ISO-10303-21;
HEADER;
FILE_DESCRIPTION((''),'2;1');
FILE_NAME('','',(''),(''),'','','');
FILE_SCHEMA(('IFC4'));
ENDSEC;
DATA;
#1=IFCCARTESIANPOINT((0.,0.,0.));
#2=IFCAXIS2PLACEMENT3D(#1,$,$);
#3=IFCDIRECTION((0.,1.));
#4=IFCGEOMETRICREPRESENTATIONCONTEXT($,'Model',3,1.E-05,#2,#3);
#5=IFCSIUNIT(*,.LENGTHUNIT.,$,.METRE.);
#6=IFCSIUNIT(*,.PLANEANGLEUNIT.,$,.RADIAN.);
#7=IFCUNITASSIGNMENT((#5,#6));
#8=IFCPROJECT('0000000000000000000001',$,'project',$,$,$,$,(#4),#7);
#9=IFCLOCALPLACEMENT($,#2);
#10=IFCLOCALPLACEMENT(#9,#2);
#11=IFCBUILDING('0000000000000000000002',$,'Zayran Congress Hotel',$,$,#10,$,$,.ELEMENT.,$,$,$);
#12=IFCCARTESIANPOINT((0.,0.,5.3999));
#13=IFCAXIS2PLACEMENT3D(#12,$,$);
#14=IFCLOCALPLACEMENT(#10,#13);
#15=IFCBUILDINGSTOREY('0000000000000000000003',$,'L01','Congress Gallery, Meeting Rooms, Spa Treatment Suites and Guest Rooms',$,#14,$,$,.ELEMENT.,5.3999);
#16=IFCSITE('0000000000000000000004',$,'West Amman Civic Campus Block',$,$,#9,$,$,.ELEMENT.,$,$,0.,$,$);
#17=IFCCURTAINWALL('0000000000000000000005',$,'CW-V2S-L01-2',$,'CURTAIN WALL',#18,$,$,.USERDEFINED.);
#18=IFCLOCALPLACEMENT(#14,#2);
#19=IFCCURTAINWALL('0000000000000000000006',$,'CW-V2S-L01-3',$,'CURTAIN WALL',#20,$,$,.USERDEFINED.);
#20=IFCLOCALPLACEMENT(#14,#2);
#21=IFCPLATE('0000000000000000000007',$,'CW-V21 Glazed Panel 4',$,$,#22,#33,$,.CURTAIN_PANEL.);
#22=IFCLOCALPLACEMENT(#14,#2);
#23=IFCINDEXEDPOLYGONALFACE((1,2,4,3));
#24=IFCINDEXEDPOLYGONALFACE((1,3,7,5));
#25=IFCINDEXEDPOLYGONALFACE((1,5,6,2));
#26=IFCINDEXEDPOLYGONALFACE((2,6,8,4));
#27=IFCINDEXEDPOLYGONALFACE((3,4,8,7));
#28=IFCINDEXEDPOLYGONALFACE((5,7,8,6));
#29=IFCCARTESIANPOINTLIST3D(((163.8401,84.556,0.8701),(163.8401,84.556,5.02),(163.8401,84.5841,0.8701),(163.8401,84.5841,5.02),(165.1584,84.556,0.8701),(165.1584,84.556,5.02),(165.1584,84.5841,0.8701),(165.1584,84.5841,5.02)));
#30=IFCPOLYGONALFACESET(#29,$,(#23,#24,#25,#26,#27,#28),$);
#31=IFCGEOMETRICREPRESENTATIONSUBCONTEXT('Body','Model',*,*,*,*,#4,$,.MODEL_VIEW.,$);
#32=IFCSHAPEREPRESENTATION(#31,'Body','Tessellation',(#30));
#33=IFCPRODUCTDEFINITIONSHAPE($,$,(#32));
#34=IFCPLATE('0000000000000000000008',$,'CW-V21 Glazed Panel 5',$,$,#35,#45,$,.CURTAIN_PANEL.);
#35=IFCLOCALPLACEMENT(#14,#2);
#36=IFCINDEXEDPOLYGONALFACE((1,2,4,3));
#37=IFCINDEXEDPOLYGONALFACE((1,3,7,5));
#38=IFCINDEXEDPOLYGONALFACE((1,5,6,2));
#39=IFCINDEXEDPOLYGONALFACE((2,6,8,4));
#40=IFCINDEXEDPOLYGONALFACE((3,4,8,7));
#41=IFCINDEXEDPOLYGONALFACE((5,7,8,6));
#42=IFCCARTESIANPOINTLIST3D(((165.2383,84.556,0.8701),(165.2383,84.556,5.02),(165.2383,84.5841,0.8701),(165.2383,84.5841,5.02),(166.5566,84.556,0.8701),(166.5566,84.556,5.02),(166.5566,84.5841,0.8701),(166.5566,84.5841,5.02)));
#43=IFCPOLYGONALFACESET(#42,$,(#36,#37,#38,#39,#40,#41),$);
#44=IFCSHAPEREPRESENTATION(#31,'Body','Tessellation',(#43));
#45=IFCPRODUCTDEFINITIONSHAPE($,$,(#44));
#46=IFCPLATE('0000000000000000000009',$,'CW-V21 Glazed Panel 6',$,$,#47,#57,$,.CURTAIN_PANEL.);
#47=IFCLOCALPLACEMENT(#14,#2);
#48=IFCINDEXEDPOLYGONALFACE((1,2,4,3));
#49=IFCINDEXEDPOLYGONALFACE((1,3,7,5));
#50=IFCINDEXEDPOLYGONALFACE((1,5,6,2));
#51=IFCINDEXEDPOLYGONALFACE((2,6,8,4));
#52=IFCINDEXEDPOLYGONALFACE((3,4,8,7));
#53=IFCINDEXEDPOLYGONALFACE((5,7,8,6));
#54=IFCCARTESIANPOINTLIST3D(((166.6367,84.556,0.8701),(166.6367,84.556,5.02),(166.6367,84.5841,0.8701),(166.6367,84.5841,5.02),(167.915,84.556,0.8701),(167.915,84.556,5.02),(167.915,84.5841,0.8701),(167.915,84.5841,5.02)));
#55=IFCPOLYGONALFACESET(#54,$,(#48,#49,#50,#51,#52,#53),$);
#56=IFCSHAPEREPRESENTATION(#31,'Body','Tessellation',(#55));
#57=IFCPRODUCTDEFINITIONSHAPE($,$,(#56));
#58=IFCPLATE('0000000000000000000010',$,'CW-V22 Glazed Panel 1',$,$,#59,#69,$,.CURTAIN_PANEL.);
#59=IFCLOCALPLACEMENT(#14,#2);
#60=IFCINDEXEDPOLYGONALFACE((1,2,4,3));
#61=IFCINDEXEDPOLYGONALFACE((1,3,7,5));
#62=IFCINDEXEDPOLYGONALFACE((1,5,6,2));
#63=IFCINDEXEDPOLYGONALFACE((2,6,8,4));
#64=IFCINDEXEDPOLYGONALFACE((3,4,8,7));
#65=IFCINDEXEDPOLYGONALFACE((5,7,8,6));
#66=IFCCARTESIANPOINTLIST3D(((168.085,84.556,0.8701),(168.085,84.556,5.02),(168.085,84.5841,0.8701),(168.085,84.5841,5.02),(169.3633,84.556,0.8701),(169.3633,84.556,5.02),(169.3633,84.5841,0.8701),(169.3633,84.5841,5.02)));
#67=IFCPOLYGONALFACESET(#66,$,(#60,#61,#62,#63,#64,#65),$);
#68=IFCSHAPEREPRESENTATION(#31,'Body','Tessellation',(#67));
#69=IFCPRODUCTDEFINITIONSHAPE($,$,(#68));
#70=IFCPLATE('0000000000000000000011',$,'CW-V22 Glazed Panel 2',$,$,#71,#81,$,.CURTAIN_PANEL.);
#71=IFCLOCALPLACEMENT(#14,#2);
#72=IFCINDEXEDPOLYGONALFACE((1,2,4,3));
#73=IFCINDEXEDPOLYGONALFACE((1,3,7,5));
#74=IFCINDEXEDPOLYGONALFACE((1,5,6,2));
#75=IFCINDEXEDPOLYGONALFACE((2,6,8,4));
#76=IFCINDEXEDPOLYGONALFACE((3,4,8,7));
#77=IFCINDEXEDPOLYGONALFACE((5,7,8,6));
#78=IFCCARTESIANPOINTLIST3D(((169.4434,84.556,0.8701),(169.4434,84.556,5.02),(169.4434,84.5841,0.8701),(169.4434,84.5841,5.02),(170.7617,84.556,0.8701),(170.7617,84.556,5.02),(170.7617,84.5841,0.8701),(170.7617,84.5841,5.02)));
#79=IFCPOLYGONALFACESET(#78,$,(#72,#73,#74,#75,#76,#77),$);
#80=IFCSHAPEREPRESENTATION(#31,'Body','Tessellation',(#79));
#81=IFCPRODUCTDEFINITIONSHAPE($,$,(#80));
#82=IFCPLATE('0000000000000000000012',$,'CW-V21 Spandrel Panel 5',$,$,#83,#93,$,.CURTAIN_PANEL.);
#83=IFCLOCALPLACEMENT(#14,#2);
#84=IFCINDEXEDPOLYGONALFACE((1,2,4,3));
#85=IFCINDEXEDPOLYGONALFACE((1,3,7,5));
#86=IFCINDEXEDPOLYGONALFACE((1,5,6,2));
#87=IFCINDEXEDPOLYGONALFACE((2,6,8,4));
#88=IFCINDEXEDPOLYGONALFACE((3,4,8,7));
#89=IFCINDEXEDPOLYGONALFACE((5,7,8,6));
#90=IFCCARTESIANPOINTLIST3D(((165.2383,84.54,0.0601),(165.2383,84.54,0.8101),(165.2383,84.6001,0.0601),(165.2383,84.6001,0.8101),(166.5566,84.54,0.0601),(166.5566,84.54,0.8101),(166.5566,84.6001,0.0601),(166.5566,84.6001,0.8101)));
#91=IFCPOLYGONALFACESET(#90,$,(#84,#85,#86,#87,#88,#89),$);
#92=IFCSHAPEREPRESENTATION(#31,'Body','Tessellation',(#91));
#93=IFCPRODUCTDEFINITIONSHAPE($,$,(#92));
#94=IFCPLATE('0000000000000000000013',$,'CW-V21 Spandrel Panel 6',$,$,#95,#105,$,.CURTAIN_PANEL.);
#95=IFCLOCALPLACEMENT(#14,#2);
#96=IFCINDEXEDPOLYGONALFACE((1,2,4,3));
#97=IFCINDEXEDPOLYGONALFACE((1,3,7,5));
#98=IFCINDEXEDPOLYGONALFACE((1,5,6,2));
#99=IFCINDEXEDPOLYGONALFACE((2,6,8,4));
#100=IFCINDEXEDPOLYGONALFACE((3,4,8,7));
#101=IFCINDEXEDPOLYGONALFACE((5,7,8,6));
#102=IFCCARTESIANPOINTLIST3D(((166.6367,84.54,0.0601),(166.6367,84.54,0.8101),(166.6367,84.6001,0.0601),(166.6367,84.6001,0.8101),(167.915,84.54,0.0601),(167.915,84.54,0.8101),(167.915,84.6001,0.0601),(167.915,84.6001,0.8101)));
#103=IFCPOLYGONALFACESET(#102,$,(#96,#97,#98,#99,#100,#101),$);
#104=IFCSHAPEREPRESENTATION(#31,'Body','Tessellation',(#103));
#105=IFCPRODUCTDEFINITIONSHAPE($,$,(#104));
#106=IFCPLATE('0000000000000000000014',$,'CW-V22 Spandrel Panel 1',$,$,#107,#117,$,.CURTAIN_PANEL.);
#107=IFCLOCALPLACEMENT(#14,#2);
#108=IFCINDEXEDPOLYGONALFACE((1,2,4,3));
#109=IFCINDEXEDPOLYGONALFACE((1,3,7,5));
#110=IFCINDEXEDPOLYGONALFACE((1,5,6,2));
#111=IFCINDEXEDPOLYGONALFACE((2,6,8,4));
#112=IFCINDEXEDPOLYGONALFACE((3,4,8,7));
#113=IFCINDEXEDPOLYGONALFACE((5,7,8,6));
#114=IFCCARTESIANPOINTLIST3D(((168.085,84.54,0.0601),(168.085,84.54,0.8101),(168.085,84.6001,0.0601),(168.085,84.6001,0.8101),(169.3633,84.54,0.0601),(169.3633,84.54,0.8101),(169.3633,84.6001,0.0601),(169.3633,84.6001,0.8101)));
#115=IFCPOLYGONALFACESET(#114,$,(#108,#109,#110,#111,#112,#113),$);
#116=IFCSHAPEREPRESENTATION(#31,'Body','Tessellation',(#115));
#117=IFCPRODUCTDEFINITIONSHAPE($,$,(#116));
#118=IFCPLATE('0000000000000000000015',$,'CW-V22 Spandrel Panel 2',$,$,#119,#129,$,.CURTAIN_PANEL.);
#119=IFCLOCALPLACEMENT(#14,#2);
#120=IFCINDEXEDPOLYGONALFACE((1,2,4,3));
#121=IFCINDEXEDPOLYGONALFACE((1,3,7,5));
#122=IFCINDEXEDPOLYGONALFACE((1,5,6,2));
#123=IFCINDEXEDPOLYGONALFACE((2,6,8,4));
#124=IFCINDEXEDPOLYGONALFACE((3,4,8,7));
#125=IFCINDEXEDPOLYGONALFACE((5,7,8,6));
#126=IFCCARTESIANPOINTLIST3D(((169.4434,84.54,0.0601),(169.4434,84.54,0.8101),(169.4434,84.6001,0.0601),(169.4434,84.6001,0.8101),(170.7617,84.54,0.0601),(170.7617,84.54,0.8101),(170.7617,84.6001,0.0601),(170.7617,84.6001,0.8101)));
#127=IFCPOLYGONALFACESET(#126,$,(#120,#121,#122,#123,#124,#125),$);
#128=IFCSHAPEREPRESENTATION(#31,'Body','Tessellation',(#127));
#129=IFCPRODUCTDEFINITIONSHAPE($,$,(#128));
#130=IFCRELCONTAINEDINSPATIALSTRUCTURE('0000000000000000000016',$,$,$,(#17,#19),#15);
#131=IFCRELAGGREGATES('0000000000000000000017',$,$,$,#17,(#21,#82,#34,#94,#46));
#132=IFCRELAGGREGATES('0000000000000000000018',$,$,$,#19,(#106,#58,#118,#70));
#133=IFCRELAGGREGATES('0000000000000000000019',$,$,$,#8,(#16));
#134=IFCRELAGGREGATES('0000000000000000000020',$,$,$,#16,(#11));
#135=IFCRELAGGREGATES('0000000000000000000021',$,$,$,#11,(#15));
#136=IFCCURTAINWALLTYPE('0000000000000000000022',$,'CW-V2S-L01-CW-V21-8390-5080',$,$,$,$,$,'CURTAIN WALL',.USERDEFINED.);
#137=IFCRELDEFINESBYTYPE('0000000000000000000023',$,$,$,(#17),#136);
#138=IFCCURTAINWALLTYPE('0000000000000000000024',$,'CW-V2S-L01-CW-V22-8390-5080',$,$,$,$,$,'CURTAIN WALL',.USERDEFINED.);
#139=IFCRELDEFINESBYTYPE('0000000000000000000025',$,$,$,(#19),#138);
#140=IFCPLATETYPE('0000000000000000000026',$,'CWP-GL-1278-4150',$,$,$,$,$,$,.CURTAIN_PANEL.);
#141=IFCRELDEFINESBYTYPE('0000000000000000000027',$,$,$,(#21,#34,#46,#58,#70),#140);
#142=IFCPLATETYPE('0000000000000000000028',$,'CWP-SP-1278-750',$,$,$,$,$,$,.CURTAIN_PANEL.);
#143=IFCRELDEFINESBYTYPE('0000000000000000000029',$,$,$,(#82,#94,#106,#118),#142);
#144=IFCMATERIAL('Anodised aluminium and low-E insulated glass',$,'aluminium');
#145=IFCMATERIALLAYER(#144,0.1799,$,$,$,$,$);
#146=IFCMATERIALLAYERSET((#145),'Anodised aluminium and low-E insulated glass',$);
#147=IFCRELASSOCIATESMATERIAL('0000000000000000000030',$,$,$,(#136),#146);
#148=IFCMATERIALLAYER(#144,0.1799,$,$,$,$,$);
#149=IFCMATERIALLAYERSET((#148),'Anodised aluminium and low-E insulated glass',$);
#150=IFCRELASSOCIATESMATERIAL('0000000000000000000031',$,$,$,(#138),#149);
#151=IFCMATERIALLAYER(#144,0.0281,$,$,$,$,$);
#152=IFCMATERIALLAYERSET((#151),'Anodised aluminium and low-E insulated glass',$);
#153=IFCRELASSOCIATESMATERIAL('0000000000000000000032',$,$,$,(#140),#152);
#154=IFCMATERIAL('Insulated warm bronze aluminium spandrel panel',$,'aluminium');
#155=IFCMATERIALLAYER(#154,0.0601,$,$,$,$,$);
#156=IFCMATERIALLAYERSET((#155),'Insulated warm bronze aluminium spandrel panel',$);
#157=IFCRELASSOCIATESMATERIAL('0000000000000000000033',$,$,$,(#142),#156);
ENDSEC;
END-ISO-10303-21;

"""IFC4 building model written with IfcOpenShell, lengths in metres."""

from ifc_helpers import new_model, si_unit, direction, frame, origin, origin_2d, place, context, subcontext, project, spatial, rectangle, extrude, material, layer, layer_set, type_object, element, aggregate, save


model = new_model("IFC4")

# Units and contexts
model_context = context("Model", 3, precision=1e-05, world=origin(), true_north=direction((0.0, 1.0)))
body_context = subcontext(model_context, "Body", "Model", "MODEL_VIEW")
ifc_project = project(units=[si_unit("LENGTHUNIT", "METRE"), si_unit("PLANEANGLEUNIT", "RADIAN")], contexts=[model_context])

# Site, building, storey
site_placement = place(None, origin())
site = spatial("IfcSite", under=ifc_project, at=site_placement, Name="West Amman Civic Campus Block", CompositionType="ELEMENT", RefElevation=0.0)
building_placement = place(site_placement, origin())
building = spatial("IfcBuilding", under=site, at=building_placement, Name="Zayran Congress Hotel", CompositionType="ELEMENT")
storey_placement = place(building_placement, frame((0.0, 0.0, 5.3999)))
storey = spatial("IfcBuildingStorey", under=building, at=storey_placement, Name="L01", Description="Congress Gallery, Meeting Rooms, Spa Treatment Suites and Guest Rooms", CompositionType="ELEMENT", Elevation=5.3999)

# Curtain walls
ifc_material_1 = material(Name="Anodised aluminium and low-E insulated glass", Category="aluminium")
ifc_layer_1 = layer(ifc_material_1, 0.1799)
ifc_layer_set_1 = layer_set([ifc_layer_1], Name="Anodised aluminium and low-E insulated glass")
curtain_wall_type_1 = type_object("IfcCurtainWallType", Name="CW-V2S-L01-CW-V21-8390-5080", ElementType="CURTAIN WALL", PredefinedType="USERDEFINED", material=ifc_layer_set_1)
curtain_wall_1_placement = place(storey_placement, origin())
curtain_wall_1 = element("IfcCurtainWall", 1, at=curtain_wall_1_placement, inside=storey, type_object=curtain_wall_type_1, Name="CW-V2S-L01-2", ObjectType="CURTAIN WALL", PredefinedType="USERDEFINED")
ifc_layer_2 = layer(ifc_material_1, 0.1799)
ifc_layer_set_2 = layer_set([ifc_layer_2], Name="Anodised aluminium and low-E insulated glass")
curtain_wall_type_2 = type_object("IfcCurtainWallType", Name="CW-V2S-L01-CW-V22-8390-5080", ElementType="CURTAIN WALL", PredefinedType="USERDEFINED", material=ifc_layer_set_2)
curtain_wall_2_placement = place(storey_placement, origin())
curtain_wall_2 = element("IfcCurtainWall", 2, at=curtain_wall_2_placement, inside=storey, type_object=curtain_wall_type_2, Name="CW-V2S-L01-3", ObjectType="CURTAIN WALL", PredefinedType="USERDEFINED")

# Plates
ifc_layer_3 = layer(ifc_material_1, 0.0281)
ifc_layer_set_3 = layer_set([ifc_layer_3], Name="Anodised aluminium and low-E insulated glass")
plate_type_1 = type_object("IfcPlateType", Name="CWP-GL-1278-4150", PredefinedType="CURTAIN_PANEL", material=ifc_layer_set_3)
plate_1_placement = place(storey_placement, frame((164.4993, 84.5701, 0.8701), z_axis=(0.0, 0.0, 1.0), x_axis=(1.0, 0.0, 0.0)))
plate_1 = element("IfcPlate", 3, at=plate_1_placement, type_object=plate_type_1, Name="CW-V21 Glazed Panel 4", PredefinedType="CURTAIN_PANEL", context=body_context, shape_type="SweptSolid", body=[
    extrude(rectangle(XDim=1.3184, YDim=0.0281, at=origin_2d()), origin(), (0.0, 0.0, 1.0), 4.1499),
])
plate_2_placement = place(storey_placement, frame((165.8975, 84.5701, 0.8701), z_axis=(0.0, 0.0, 1.0), x_axis=(1.0, 0.0, 0.0)))
plate_2 = element("IfcPlate", 4, at=plate_2_placement, type_object=plate_type_1, Name="CW-V21 Glazed Panel 5", PredefinedType="CURTAIN_PANEL", context=body_context, shape_type="SweptSolid", body=[
    extrude(rectangle(XDim=1.3184, YDim=0.0281, at=origin_2d()), origin(), (0.0, 0.0, 1.0), 4.1499),
])
plate_3_placement = place(storey_placement, frame((167.2759, 84.5701, 0.8701), z_axis=(0.0, 0.0, 1.0), x_axis=(1.0, 0.0, 0.0)))
plate_3 = element("IfcPlate", 5, at=plate_3_placement, type_object=plate_type_1, Name="CW-V21 Glazed Panel 6", PredefinedType="CURTAIN_PANEL", context=body_context, shape_type="SweptSolid", body=[
    extrude(rectangle(XDim=1.2783, YDim=0.0281, at=origin_2d()), origin(), (0.0, 0.0, 1.0), 4.1499),
])
plate_4_placement = place(storey_placement, frame((168.7241, 84.5701, 0.8701), z_axis=(0.0, 0.0, 1.0), x_axis=(1.0, 0.0, 0.0)))
plate_4 = element("IfcPlate", 6, at=plate_4_placement, type_object=plate_type_1, Name="CW-V22 Glazed Panel 1", PredefinedType="CURTAIN_PANEL", context=body_context, shape_type="SweptSolid", body=[
    extrude(rectangle(XDim=1.2783, YDim=0.0281, at=origin_2d()), origin(), (0.0, 0.0, 1.0), 4.1499),
])
plate_5_placement = place(storey_placement, frame((170.1025, 84.5701, 0.8701), z_axis=(0.0, 0.0, 1.0), x_axis=(1.0, 0.0, 0.0)))
plate_5 = element("IfcPlate", 7, at=plate_5_placement, type_object=plate_type_1, Name="CW-V22 Glazed Panel 2", PredefinedType="CURTAIN_PANEL", context=body_context, shape_type="SweptSolid", body=[
    extrude(rectangle(XDim=1.3184, YDim=0.0281, at=origin_2d()), origin(), (0.0, 0.0, 1.0), 4.1499),
])
ifc_material_2 = material(Name="Insulated warm bronze aluminium spandrel panel", Category="aluminium")
ifc_layer_4 = layer(ifc_material_2, 0.0601)
ifc_layer_set_4 = layer_set([ifc_layer_4], Name="Insulated warm bronze aluminium spandrel panel")
plate_type_2 = type_object("IfcPlateType", Name="CWP-SP-1278-750", PredefinedType="CURTAIN_PANEL", material=ifc_layer_set_4)
plate_6_placement = place(storey_placement, frame((165.8975, 84.5701, 0.0601), z_axis=(0.0, 0.0, 1.0), x_axis=(1.0, 0.0, 0.0)))
plate_6 = element("IfcPlate", 8, at=plate_6_placement, type_object=plate_type_2, Name="CW-V21 Spandrel Panel 5", PredefinedType="CURTAIN_PANEL", context=body_context, shape_type="SweptSolid", body=[
    extrude(rectangle(XDim=1.3184, YDim=0.0601, at=origin_2d()), origin(), (0.0, 0.0, 1.0), 0.75),
])
plate_7_placement = place(storey_placement, frame((167.2759, 84.5701, 0.0601), z_axis=(0.0, 0.0, 1.0), x_axis=(1.0, 0.0, 0.0)))
plate_7 = element("IfcPlate", 9, at=plate_7_placement, type_object=plate_type_2, Name="CW-V21 Spandrel Panel 6", PredefinedType="CURTAIN_PANEL", context=body_context, shape_type="SweptSolid", body=[
    extrude(rectangle(XDim=1.2783, YDim=0.0601, at=origin_2d()), origin(), (0.0, 0.0, 1.0), 0.75),
])
aggregate(curtain_wall_1, [plate_1, plate_6, plate_2, plate_7, plate_3])
plate_8_placement = place(storey_placement, frame((168.7241, 84.5701, 0.0601), z_axis=(0.0, 0.0, 1.0), x_axis=(1.0, 0.0, 0.0)))
plate_8 = element("IfcPlate", 10, at=plate_8_placement, type_object=plate_type_2, Name="CW-V22 Spandrel Panel 1", PredefinedType="CURTAIN_PANEL", context=body_context, shape_type="SweptSolid", body=[
    extrude(rectangle(XDim=1.2783, YDim=0.0601, at=origin_2d()), origin(), (0.0, 0.0, 1.0), 0.75),
])
plate_9_placement = place(storey_placement, frame((170.1025, 84.5701, 0.0601), z_axis=(0.0, 0.0, 1.0), x_axis=(1.0, 0.0, 0.0)))
plate_9 = element("IfcPlate", 11, at=plate_9_placement, type_object=plate_type_2, Name="CW-V22 Spandrel Panel 2", PredefinedType="CURTAIN_PANEL", context=body_context, shape_type="SweptSolid", body=[
    extrude(rectangle(XDim=1.3184, YDim=0.0601, at=origin_2d()), origin(), (0.0, 0.0, 1.0), 0.75),
])
aggregate(curtain_wall_2, [plate_8, plate_4, plate_9, plate_5])

save(model, "model.ifc")
